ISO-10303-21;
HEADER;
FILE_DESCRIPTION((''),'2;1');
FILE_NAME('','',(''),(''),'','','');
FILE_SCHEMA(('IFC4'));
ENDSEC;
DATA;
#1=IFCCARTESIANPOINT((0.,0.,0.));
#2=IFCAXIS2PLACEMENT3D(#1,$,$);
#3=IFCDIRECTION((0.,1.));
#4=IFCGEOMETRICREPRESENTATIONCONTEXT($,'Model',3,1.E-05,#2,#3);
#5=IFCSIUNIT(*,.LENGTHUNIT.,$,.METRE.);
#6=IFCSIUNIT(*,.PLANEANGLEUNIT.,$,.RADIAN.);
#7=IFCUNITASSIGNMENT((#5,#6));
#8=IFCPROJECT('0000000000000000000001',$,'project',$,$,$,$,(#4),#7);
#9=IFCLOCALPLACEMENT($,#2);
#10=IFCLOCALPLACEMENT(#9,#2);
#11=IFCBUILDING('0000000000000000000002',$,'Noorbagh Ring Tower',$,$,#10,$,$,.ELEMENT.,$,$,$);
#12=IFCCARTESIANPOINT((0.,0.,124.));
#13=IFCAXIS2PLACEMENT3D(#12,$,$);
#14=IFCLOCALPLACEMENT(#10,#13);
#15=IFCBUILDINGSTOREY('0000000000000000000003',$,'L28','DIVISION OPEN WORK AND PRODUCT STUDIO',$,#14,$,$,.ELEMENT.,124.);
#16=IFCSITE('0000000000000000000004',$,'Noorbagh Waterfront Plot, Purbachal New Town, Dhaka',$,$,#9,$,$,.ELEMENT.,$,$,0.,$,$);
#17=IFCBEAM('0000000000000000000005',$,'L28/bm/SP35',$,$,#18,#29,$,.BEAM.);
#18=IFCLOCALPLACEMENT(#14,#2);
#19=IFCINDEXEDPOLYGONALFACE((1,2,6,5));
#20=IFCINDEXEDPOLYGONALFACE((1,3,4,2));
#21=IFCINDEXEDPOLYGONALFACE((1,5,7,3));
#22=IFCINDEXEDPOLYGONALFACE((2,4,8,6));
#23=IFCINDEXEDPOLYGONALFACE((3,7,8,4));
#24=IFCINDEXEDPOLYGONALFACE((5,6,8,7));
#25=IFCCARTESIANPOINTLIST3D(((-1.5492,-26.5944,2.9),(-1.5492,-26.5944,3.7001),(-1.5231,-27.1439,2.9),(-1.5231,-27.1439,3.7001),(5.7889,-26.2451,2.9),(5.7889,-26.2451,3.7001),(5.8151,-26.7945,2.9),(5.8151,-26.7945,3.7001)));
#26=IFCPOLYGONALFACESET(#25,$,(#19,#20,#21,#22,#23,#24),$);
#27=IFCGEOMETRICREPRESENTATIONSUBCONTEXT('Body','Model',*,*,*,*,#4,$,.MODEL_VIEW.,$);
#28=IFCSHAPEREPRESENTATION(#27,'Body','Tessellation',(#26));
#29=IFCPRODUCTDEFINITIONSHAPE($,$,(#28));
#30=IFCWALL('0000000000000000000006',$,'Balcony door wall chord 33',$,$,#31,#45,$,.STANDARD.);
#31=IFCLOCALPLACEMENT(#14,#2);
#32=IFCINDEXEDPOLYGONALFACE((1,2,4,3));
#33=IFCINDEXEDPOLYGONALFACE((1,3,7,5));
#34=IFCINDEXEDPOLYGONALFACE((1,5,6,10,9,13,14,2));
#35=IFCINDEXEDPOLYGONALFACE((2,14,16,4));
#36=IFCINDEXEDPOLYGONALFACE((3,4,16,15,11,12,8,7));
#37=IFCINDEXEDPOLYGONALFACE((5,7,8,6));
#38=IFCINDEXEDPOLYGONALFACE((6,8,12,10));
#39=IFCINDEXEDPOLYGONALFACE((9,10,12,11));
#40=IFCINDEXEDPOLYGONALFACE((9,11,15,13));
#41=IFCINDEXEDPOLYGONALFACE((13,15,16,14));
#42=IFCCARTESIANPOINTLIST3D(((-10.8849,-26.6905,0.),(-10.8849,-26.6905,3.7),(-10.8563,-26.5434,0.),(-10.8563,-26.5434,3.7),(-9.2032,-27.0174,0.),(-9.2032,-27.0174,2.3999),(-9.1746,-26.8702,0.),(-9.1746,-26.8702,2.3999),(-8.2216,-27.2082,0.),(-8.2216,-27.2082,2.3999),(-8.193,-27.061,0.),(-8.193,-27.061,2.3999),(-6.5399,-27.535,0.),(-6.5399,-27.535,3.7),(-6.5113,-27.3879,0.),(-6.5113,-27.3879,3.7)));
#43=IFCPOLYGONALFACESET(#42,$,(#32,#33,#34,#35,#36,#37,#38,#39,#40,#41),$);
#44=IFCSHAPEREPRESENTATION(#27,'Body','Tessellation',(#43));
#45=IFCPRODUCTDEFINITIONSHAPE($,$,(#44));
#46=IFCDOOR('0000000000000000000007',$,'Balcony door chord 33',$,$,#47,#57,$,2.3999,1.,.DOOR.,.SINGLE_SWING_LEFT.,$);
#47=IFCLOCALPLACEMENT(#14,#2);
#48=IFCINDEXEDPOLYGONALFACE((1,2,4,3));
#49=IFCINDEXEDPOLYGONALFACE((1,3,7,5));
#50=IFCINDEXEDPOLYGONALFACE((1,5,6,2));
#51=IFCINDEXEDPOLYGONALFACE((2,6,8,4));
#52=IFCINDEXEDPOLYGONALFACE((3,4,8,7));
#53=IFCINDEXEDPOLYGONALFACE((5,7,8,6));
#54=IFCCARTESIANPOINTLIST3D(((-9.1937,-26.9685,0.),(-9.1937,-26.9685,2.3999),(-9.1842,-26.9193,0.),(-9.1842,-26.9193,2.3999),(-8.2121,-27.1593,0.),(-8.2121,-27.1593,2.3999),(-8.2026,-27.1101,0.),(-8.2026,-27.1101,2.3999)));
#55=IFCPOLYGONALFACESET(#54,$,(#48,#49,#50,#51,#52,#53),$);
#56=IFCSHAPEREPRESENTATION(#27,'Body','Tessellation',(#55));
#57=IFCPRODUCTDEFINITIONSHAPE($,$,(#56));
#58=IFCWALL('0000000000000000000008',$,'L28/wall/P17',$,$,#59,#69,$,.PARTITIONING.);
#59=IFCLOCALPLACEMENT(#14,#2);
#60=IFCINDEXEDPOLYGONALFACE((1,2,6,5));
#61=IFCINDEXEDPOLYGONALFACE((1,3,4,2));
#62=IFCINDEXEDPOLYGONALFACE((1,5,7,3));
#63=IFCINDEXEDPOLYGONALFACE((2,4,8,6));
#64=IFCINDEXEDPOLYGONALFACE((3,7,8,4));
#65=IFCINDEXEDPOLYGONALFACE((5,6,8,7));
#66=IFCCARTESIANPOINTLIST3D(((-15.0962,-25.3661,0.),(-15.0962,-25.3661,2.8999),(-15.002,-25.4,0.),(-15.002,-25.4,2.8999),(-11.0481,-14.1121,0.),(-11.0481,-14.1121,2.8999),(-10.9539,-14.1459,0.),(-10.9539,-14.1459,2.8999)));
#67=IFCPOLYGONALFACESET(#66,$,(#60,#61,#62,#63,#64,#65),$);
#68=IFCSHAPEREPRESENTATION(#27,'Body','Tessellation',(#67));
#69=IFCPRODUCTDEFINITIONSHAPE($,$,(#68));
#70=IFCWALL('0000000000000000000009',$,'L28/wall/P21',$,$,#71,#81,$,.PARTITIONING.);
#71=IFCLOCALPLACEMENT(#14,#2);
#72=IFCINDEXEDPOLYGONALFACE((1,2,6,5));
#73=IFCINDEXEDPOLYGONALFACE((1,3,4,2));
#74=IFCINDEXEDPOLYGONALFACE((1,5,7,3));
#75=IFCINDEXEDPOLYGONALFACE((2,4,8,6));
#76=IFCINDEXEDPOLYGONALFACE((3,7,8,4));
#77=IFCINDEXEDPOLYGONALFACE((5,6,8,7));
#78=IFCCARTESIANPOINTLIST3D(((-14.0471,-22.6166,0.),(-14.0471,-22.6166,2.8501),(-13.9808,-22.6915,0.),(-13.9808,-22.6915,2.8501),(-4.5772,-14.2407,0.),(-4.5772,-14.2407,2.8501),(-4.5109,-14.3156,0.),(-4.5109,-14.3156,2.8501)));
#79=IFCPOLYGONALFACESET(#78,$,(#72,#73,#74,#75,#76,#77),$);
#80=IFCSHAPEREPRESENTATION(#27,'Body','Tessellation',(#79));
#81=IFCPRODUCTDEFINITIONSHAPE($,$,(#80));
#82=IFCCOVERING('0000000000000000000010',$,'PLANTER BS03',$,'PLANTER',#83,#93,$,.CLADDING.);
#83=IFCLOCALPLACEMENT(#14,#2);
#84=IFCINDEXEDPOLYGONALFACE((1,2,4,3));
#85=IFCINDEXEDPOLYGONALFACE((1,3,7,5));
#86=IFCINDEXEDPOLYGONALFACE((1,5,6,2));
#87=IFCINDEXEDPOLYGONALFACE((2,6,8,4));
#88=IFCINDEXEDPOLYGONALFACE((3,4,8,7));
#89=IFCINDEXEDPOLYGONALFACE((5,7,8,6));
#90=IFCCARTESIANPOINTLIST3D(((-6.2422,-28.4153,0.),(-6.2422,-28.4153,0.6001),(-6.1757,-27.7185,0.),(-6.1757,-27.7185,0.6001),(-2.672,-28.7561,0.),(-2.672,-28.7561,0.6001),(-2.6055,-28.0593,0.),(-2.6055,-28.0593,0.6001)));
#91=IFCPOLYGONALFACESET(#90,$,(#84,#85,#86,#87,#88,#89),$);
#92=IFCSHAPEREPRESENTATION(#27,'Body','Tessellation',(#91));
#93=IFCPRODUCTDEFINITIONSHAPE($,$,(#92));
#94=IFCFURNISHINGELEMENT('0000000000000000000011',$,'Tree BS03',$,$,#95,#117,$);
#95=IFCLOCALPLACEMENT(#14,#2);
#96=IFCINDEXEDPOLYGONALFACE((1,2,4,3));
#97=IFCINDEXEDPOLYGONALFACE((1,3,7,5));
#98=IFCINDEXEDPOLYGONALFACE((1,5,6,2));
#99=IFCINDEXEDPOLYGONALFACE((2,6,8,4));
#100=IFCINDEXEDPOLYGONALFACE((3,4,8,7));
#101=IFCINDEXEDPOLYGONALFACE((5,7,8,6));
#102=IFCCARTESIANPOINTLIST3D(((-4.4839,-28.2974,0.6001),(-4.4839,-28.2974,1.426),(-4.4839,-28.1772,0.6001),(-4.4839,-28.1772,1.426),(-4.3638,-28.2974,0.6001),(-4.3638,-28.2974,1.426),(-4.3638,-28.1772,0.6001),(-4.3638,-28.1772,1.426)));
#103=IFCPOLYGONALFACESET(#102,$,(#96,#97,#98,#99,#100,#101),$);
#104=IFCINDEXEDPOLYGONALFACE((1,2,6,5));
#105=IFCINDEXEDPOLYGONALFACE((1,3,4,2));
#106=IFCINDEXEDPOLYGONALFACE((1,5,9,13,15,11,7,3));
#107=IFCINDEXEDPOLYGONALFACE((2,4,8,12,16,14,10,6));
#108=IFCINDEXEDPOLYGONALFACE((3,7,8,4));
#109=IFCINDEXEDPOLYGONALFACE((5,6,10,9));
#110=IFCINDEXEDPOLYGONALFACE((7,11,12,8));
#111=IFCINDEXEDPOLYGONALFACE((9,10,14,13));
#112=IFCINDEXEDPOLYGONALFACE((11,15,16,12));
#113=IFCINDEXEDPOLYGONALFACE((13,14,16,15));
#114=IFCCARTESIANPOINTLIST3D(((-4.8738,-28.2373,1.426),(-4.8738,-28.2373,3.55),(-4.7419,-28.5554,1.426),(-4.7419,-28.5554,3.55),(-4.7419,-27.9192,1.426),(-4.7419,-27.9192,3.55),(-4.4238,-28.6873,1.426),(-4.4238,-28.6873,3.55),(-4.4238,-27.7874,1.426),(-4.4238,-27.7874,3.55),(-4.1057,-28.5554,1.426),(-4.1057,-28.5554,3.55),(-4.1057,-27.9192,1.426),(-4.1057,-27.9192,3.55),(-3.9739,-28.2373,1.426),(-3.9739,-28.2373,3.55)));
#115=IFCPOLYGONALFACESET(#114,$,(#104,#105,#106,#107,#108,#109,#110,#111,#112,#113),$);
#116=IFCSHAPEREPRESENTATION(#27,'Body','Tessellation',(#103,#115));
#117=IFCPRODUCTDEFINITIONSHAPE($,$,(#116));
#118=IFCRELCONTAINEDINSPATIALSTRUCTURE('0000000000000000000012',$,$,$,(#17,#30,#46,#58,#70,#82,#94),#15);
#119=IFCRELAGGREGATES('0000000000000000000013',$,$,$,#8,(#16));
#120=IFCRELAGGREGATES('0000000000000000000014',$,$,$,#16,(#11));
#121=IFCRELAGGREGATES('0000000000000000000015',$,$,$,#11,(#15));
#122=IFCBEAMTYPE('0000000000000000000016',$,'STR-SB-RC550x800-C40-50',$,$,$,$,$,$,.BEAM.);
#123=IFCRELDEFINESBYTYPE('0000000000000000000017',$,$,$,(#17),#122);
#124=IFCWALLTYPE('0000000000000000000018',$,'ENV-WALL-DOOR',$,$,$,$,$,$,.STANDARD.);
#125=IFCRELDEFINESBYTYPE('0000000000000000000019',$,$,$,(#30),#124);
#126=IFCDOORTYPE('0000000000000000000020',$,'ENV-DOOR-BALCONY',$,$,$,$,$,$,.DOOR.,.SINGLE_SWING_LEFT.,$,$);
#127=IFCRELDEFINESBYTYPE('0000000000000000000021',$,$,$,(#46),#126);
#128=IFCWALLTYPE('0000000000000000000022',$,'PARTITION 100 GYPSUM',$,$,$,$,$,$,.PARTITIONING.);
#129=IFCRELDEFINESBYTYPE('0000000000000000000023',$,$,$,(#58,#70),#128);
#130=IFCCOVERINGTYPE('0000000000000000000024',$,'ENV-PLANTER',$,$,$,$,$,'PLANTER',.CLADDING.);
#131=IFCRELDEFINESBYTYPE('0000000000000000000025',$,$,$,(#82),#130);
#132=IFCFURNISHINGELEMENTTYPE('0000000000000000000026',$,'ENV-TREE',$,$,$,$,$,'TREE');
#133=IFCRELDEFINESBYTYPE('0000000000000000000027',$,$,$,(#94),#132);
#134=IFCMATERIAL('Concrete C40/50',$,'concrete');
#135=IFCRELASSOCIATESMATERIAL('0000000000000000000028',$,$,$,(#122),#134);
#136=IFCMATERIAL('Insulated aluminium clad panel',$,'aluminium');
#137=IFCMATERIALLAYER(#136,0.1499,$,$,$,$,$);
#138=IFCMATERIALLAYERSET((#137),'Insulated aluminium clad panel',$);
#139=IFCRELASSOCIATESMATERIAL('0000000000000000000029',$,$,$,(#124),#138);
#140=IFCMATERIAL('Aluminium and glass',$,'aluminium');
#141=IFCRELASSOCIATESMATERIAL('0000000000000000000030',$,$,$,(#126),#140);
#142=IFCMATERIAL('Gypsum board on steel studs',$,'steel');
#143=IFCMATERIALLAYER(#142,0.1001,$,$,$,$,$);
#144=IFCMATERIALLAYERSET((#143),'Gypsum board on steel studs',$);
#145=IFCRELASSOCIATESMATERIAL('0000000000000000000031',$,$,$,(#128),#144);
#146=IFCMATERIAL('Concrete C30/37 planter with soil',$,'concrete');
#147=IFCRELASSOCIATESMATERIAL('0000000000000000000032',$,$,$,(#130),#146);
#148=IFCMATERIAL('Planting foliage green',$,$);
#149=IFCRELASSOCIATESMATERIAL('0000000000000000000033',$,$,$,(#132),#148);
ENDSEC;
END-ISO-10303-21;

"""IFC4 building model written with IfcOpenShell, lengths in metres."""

from ifc_helpers import new_model, si_unit, direction, frame, frame_2d, origin, origin_2d, place, context, subcontext, project, spatial, polyline, rectangle, outline, extrude, material, layer, layer_set, material_profile, profile_set, type_object, element, fill, save


model = new_model("IFC4")

# Units and contexts
model_context = context("Model", 3, precision=1e-05, world=origin(), true_north=direction((0.0, 1.0)))
body_context = subcontext(model_context, "Body", "Model", "MODEL_VIEW")
ifc_project = project(units=[si_unit("LENGTHUNIT", "METRE"), si_unit("PLANEANGLEUNIT", "RADIAN")], contexts=[model_context])

# Site, building, storey
site_placement = place(None, origin())
site = spatial("IfcSite", under=ifc_project, at=site_placement, Name="Noorbagh Waterfront Plot, Purbachal New Town, Dhaka", CompositionType="ELEMENT", RefElevation=0.0)
building_placement = place(site_placement, origin())
building = spatial("IfcBuilding", under=site, at=building_placement, Name="Noorbagh Ring Tower", CompositionType="ELEMENT")
storey_placement = place(building_placement, frame((0.0, 0.0, 124.0)))
storey = spatial("IfcBuildingStorey", under=building, at=storey_placement, Name="L28", Description="DIVISION OPEN WORK AND PRODUCT STUDIO", CompositionType="ELEMENT", Elevation=124.0)

# Beam
ifc_material_1 = material(Name="Concrete C40/50", Category="concrete")
ifc_material_profile_1 = material_profile(ifc_material_1, rectangle(XDim=0.55, YDim=0.8, at=origin_2d()), Name="RC550x800")
ifc_profile_set_1 = profile_set([ifc_material_profile_1], Name="Concrete C40/50")
beam_type_1 = type_object("IfcBeamType", Name="STR-SB-RC550x800-C40-50", PredefinedType="BEAM", material=ifc_profile_set_1)
beam_1_placement = place(storey_placement, frame((-1.5361, -26.8691, 3.3), z_axis=(0.998869, 0.047556, 0.0), x_axis=(-0.047556, 0.998869, 0.0)))
element("IfcBeam", 1, at=beam_1_placement, inside=storey, type_object=beam_type_1, Name="L28/bm/SP35", PredefinedType="BEAM", context=body_context, shape_type="SweptSolid", body=[
    extrude(rectangle(XDim=0.55, YDim=0.8, at=origin_2d()), origin(), (0.0, 0.0, 1.0), 7.3464),
])

# Wall, opening, door
ifc_material_2 = material(Name="Insulated aluminium clad panel", Category="aluminium")
ifc_layer_1 = layer(ifc_material_2, 0.1499)
ifc_layer_set_1 = layer_set([ifc_layer_1], Name="Insulated aluminium clad panel")
wall_type_1 = type_object("IfcWallType", Name="ENV-WALL-DOOR", PredefinedType="STANDARD", material=ifc_layer_set_1)
wall_1_placement = place(storey_placement, frame((-10.8706, -26.6169, 0.0), z_axis=(0.0, 0.0, 1.0), x_axis=(0.981631, -0.190788, 0.0)))
wall_1 = element("IfcWall", 2, at=wall_1_placement, inside=storey, type_object=wall_type_1, Name="Balcony door wall chord 33", PredefinedType="STANDARD", context=body_context, shape_type="SweptSolid", body=[
    extrude(rectangle(XDim=4.4263, YDim=0.1499, at=frame_2d((2.2131, 0.0))), origin(), (0.0, 0.0, 1.0), 3.7),
])
opening_placement = place(wall_1_placement, frame((1.7131, 0.0, 0.0)))
opening = element("IfcOpeningElement", 3, at=opening_placement, cuts=wall_1, PredefinedType="OPENING", context=body_context, shape_type="SweptSolid", body=[
    extrude(rectangle(XDim=1.0, YDim=2.3999, at=frame_2d((0.5, 1.2))), frame((0.0, 0.085, 0.0), z_axis=(0.0, -1.0, 0.0), x_axis=(1.0, 0.0, 0.0)), (0.0, 0.0, 1.0), 0.1699),
])
ifc_material_3 = material(Name="Aluminium and glass", Category="aluminium")
door_type = type_object("IfcDoorType", Name="ENV-DOOR-BALCONY", OperationType="SINGLE_SWING_LEFT", PredefinedType="DOOR", material=ifc_material_3)
door_placement = place(opening_placement, origin())
door = element("IfcDoor", 4, at=door_placement, inside=storey, type_object=door_type, Name="Balcony door chord 33", OperationType="SINGLE_SWING_LEFT", OverallHeight=2.3999, OverallWidth=1.0, PredefinedType="DOOR", context=body_context, shape_type="SweptSolid", body=[
    extrude(rectangle(XDim=1.0, YDim=2.3999, at=frame_2d((0.5, 1.2))), frame((0.0, 0.0249, 0.0), z_axis=(0.0, -1.0, 0.0), x_axis=(1.0, 0.0, 0.0)), (0.0, 0.0, 1.0), 0.05),
])
fill(opening, door)

# Walls
ifc_material_4 = material(Name="Gypsum board on steel studs", Category="steel")
ifc_layer_2 = layer(ifc_material_4, 0.1001)
ifc_layer_set_2 = layer_set([ifc_layer_2], Name="Gypsum board on steel studs")
wall_type_2 = type_object("IfcWallType", Name="PARTITION 100 GYPSUM", PredefinedType="PARTITIONING", material=ifc_layer_set_2)
wall_2_placement = place(storey_placement, frame((-15.0491, -25.3831, 0.0), z_axis=(0.0, 0.0, 1.0), x_axis=(0.338468, 0.940978, 0.0)))
element("IfcWall", 5, at=wall_2_placement, inside=storey, type_object=wall_type_2, Name="L28/wall/P17", PredefinedType="PARTITIONING", context=body_context, shape_type="SweptSolid", body=[
    extrude(rectangle(XDim=11.96, YDim=0.1001, at=frame_2d((5.98, 0.0))), origin(), (0.0, 0.0, 1.0), 2.8999),
])
wall_3_placement = place(storey_placement, frame((-14.0139, -22.6541, 0.0), z_axis=(0.0, 0.0, 1.0), x_axis=(0.749048, 0.662516, 0.0)))
element("IfcWall", 6, at=wall_3_placement, inside=storey, type_object=wall_type_2, Name="L28/wall/P21", PredefinedType="PARTITIONING", context=body_context, shape_type="SweptSolid", body=[
    extrude(rectangle(XDim=12.6426, YDim=0.1001, at=frame_2d((6.3213, 0.0))), origin(), (0.0, 0.0, 1.0), 2.8501),
])

# Covering
ifc_material_5 = material(Name="Concrete C30/37 planter with soil", Category="concrete")
covering_type = type_object("IfcCoveringType", Name="ENV-PLANTER", ElementType="PLANTER", PredefinedType="CLADDING", material=ifc_material_5)
covering_placement = place(storey_placement, frame((-4.4238, -28.2373, 0.0), z_axis=(0.0, 0.0, 1.0), x_axis=(0.995476, -0.095008, 0.0)))
element("IfcCovering", 7, at=covering_placement, inside=storey, type_object=covering_type, Name="PLANTER BS03", ObjectType="PLANTER", PredefinedType="CLADDING", context=body_context, shape_type="SweptSolid", body=[
    extrude(rectangle(XDim=3.5864, YDim=0.7, at=origin_2d()), origin(), (0.0, 0.0, 1.0), 0.6001),
])

# Furnishing element
ifc_material_6 = material(Name="Planting foliage green")
furnishing_element_type = type_object("IfcFurnishingElementType", Name="ENV-TREE", ElementType="TREE", material=ifc_material_6)
furnishing_placement = place(storey_placement, frame((-4.4238, -28.2373, 0.6001), z_axis=(0.0, 0.0, 1.0), x_axis=(1.0, 0.0, 0.0)))
element("IfcFurnishingElement", 8, at=furnishing_placement, inside=storey, type_object=furnishing_element_type, Name="Tree BS03", context=body_context, shape_type="SweptSolid", body=[
    extrude(rectangle(XDim=0.1201, YDim=0.1201, at=origin_2d()), origin(), (0.0, 0.0, 1.0), 0.8259),
    extrude(outline(polyline([(0.45, 0.0), (0.3181, 0.3181), (0.0, 0.45), (-0.3181, 0.3181), (-0.45, 0.0), (-0.3181, -0.3181), (0.0, -0.45), (0.3181, -0.3181), (0.45, 0.0)])), frame((0.0, 0.0, 0.8259)), (0.0, 0.0, 1.0), 2.124),
])

save(model, "model.ifc")
